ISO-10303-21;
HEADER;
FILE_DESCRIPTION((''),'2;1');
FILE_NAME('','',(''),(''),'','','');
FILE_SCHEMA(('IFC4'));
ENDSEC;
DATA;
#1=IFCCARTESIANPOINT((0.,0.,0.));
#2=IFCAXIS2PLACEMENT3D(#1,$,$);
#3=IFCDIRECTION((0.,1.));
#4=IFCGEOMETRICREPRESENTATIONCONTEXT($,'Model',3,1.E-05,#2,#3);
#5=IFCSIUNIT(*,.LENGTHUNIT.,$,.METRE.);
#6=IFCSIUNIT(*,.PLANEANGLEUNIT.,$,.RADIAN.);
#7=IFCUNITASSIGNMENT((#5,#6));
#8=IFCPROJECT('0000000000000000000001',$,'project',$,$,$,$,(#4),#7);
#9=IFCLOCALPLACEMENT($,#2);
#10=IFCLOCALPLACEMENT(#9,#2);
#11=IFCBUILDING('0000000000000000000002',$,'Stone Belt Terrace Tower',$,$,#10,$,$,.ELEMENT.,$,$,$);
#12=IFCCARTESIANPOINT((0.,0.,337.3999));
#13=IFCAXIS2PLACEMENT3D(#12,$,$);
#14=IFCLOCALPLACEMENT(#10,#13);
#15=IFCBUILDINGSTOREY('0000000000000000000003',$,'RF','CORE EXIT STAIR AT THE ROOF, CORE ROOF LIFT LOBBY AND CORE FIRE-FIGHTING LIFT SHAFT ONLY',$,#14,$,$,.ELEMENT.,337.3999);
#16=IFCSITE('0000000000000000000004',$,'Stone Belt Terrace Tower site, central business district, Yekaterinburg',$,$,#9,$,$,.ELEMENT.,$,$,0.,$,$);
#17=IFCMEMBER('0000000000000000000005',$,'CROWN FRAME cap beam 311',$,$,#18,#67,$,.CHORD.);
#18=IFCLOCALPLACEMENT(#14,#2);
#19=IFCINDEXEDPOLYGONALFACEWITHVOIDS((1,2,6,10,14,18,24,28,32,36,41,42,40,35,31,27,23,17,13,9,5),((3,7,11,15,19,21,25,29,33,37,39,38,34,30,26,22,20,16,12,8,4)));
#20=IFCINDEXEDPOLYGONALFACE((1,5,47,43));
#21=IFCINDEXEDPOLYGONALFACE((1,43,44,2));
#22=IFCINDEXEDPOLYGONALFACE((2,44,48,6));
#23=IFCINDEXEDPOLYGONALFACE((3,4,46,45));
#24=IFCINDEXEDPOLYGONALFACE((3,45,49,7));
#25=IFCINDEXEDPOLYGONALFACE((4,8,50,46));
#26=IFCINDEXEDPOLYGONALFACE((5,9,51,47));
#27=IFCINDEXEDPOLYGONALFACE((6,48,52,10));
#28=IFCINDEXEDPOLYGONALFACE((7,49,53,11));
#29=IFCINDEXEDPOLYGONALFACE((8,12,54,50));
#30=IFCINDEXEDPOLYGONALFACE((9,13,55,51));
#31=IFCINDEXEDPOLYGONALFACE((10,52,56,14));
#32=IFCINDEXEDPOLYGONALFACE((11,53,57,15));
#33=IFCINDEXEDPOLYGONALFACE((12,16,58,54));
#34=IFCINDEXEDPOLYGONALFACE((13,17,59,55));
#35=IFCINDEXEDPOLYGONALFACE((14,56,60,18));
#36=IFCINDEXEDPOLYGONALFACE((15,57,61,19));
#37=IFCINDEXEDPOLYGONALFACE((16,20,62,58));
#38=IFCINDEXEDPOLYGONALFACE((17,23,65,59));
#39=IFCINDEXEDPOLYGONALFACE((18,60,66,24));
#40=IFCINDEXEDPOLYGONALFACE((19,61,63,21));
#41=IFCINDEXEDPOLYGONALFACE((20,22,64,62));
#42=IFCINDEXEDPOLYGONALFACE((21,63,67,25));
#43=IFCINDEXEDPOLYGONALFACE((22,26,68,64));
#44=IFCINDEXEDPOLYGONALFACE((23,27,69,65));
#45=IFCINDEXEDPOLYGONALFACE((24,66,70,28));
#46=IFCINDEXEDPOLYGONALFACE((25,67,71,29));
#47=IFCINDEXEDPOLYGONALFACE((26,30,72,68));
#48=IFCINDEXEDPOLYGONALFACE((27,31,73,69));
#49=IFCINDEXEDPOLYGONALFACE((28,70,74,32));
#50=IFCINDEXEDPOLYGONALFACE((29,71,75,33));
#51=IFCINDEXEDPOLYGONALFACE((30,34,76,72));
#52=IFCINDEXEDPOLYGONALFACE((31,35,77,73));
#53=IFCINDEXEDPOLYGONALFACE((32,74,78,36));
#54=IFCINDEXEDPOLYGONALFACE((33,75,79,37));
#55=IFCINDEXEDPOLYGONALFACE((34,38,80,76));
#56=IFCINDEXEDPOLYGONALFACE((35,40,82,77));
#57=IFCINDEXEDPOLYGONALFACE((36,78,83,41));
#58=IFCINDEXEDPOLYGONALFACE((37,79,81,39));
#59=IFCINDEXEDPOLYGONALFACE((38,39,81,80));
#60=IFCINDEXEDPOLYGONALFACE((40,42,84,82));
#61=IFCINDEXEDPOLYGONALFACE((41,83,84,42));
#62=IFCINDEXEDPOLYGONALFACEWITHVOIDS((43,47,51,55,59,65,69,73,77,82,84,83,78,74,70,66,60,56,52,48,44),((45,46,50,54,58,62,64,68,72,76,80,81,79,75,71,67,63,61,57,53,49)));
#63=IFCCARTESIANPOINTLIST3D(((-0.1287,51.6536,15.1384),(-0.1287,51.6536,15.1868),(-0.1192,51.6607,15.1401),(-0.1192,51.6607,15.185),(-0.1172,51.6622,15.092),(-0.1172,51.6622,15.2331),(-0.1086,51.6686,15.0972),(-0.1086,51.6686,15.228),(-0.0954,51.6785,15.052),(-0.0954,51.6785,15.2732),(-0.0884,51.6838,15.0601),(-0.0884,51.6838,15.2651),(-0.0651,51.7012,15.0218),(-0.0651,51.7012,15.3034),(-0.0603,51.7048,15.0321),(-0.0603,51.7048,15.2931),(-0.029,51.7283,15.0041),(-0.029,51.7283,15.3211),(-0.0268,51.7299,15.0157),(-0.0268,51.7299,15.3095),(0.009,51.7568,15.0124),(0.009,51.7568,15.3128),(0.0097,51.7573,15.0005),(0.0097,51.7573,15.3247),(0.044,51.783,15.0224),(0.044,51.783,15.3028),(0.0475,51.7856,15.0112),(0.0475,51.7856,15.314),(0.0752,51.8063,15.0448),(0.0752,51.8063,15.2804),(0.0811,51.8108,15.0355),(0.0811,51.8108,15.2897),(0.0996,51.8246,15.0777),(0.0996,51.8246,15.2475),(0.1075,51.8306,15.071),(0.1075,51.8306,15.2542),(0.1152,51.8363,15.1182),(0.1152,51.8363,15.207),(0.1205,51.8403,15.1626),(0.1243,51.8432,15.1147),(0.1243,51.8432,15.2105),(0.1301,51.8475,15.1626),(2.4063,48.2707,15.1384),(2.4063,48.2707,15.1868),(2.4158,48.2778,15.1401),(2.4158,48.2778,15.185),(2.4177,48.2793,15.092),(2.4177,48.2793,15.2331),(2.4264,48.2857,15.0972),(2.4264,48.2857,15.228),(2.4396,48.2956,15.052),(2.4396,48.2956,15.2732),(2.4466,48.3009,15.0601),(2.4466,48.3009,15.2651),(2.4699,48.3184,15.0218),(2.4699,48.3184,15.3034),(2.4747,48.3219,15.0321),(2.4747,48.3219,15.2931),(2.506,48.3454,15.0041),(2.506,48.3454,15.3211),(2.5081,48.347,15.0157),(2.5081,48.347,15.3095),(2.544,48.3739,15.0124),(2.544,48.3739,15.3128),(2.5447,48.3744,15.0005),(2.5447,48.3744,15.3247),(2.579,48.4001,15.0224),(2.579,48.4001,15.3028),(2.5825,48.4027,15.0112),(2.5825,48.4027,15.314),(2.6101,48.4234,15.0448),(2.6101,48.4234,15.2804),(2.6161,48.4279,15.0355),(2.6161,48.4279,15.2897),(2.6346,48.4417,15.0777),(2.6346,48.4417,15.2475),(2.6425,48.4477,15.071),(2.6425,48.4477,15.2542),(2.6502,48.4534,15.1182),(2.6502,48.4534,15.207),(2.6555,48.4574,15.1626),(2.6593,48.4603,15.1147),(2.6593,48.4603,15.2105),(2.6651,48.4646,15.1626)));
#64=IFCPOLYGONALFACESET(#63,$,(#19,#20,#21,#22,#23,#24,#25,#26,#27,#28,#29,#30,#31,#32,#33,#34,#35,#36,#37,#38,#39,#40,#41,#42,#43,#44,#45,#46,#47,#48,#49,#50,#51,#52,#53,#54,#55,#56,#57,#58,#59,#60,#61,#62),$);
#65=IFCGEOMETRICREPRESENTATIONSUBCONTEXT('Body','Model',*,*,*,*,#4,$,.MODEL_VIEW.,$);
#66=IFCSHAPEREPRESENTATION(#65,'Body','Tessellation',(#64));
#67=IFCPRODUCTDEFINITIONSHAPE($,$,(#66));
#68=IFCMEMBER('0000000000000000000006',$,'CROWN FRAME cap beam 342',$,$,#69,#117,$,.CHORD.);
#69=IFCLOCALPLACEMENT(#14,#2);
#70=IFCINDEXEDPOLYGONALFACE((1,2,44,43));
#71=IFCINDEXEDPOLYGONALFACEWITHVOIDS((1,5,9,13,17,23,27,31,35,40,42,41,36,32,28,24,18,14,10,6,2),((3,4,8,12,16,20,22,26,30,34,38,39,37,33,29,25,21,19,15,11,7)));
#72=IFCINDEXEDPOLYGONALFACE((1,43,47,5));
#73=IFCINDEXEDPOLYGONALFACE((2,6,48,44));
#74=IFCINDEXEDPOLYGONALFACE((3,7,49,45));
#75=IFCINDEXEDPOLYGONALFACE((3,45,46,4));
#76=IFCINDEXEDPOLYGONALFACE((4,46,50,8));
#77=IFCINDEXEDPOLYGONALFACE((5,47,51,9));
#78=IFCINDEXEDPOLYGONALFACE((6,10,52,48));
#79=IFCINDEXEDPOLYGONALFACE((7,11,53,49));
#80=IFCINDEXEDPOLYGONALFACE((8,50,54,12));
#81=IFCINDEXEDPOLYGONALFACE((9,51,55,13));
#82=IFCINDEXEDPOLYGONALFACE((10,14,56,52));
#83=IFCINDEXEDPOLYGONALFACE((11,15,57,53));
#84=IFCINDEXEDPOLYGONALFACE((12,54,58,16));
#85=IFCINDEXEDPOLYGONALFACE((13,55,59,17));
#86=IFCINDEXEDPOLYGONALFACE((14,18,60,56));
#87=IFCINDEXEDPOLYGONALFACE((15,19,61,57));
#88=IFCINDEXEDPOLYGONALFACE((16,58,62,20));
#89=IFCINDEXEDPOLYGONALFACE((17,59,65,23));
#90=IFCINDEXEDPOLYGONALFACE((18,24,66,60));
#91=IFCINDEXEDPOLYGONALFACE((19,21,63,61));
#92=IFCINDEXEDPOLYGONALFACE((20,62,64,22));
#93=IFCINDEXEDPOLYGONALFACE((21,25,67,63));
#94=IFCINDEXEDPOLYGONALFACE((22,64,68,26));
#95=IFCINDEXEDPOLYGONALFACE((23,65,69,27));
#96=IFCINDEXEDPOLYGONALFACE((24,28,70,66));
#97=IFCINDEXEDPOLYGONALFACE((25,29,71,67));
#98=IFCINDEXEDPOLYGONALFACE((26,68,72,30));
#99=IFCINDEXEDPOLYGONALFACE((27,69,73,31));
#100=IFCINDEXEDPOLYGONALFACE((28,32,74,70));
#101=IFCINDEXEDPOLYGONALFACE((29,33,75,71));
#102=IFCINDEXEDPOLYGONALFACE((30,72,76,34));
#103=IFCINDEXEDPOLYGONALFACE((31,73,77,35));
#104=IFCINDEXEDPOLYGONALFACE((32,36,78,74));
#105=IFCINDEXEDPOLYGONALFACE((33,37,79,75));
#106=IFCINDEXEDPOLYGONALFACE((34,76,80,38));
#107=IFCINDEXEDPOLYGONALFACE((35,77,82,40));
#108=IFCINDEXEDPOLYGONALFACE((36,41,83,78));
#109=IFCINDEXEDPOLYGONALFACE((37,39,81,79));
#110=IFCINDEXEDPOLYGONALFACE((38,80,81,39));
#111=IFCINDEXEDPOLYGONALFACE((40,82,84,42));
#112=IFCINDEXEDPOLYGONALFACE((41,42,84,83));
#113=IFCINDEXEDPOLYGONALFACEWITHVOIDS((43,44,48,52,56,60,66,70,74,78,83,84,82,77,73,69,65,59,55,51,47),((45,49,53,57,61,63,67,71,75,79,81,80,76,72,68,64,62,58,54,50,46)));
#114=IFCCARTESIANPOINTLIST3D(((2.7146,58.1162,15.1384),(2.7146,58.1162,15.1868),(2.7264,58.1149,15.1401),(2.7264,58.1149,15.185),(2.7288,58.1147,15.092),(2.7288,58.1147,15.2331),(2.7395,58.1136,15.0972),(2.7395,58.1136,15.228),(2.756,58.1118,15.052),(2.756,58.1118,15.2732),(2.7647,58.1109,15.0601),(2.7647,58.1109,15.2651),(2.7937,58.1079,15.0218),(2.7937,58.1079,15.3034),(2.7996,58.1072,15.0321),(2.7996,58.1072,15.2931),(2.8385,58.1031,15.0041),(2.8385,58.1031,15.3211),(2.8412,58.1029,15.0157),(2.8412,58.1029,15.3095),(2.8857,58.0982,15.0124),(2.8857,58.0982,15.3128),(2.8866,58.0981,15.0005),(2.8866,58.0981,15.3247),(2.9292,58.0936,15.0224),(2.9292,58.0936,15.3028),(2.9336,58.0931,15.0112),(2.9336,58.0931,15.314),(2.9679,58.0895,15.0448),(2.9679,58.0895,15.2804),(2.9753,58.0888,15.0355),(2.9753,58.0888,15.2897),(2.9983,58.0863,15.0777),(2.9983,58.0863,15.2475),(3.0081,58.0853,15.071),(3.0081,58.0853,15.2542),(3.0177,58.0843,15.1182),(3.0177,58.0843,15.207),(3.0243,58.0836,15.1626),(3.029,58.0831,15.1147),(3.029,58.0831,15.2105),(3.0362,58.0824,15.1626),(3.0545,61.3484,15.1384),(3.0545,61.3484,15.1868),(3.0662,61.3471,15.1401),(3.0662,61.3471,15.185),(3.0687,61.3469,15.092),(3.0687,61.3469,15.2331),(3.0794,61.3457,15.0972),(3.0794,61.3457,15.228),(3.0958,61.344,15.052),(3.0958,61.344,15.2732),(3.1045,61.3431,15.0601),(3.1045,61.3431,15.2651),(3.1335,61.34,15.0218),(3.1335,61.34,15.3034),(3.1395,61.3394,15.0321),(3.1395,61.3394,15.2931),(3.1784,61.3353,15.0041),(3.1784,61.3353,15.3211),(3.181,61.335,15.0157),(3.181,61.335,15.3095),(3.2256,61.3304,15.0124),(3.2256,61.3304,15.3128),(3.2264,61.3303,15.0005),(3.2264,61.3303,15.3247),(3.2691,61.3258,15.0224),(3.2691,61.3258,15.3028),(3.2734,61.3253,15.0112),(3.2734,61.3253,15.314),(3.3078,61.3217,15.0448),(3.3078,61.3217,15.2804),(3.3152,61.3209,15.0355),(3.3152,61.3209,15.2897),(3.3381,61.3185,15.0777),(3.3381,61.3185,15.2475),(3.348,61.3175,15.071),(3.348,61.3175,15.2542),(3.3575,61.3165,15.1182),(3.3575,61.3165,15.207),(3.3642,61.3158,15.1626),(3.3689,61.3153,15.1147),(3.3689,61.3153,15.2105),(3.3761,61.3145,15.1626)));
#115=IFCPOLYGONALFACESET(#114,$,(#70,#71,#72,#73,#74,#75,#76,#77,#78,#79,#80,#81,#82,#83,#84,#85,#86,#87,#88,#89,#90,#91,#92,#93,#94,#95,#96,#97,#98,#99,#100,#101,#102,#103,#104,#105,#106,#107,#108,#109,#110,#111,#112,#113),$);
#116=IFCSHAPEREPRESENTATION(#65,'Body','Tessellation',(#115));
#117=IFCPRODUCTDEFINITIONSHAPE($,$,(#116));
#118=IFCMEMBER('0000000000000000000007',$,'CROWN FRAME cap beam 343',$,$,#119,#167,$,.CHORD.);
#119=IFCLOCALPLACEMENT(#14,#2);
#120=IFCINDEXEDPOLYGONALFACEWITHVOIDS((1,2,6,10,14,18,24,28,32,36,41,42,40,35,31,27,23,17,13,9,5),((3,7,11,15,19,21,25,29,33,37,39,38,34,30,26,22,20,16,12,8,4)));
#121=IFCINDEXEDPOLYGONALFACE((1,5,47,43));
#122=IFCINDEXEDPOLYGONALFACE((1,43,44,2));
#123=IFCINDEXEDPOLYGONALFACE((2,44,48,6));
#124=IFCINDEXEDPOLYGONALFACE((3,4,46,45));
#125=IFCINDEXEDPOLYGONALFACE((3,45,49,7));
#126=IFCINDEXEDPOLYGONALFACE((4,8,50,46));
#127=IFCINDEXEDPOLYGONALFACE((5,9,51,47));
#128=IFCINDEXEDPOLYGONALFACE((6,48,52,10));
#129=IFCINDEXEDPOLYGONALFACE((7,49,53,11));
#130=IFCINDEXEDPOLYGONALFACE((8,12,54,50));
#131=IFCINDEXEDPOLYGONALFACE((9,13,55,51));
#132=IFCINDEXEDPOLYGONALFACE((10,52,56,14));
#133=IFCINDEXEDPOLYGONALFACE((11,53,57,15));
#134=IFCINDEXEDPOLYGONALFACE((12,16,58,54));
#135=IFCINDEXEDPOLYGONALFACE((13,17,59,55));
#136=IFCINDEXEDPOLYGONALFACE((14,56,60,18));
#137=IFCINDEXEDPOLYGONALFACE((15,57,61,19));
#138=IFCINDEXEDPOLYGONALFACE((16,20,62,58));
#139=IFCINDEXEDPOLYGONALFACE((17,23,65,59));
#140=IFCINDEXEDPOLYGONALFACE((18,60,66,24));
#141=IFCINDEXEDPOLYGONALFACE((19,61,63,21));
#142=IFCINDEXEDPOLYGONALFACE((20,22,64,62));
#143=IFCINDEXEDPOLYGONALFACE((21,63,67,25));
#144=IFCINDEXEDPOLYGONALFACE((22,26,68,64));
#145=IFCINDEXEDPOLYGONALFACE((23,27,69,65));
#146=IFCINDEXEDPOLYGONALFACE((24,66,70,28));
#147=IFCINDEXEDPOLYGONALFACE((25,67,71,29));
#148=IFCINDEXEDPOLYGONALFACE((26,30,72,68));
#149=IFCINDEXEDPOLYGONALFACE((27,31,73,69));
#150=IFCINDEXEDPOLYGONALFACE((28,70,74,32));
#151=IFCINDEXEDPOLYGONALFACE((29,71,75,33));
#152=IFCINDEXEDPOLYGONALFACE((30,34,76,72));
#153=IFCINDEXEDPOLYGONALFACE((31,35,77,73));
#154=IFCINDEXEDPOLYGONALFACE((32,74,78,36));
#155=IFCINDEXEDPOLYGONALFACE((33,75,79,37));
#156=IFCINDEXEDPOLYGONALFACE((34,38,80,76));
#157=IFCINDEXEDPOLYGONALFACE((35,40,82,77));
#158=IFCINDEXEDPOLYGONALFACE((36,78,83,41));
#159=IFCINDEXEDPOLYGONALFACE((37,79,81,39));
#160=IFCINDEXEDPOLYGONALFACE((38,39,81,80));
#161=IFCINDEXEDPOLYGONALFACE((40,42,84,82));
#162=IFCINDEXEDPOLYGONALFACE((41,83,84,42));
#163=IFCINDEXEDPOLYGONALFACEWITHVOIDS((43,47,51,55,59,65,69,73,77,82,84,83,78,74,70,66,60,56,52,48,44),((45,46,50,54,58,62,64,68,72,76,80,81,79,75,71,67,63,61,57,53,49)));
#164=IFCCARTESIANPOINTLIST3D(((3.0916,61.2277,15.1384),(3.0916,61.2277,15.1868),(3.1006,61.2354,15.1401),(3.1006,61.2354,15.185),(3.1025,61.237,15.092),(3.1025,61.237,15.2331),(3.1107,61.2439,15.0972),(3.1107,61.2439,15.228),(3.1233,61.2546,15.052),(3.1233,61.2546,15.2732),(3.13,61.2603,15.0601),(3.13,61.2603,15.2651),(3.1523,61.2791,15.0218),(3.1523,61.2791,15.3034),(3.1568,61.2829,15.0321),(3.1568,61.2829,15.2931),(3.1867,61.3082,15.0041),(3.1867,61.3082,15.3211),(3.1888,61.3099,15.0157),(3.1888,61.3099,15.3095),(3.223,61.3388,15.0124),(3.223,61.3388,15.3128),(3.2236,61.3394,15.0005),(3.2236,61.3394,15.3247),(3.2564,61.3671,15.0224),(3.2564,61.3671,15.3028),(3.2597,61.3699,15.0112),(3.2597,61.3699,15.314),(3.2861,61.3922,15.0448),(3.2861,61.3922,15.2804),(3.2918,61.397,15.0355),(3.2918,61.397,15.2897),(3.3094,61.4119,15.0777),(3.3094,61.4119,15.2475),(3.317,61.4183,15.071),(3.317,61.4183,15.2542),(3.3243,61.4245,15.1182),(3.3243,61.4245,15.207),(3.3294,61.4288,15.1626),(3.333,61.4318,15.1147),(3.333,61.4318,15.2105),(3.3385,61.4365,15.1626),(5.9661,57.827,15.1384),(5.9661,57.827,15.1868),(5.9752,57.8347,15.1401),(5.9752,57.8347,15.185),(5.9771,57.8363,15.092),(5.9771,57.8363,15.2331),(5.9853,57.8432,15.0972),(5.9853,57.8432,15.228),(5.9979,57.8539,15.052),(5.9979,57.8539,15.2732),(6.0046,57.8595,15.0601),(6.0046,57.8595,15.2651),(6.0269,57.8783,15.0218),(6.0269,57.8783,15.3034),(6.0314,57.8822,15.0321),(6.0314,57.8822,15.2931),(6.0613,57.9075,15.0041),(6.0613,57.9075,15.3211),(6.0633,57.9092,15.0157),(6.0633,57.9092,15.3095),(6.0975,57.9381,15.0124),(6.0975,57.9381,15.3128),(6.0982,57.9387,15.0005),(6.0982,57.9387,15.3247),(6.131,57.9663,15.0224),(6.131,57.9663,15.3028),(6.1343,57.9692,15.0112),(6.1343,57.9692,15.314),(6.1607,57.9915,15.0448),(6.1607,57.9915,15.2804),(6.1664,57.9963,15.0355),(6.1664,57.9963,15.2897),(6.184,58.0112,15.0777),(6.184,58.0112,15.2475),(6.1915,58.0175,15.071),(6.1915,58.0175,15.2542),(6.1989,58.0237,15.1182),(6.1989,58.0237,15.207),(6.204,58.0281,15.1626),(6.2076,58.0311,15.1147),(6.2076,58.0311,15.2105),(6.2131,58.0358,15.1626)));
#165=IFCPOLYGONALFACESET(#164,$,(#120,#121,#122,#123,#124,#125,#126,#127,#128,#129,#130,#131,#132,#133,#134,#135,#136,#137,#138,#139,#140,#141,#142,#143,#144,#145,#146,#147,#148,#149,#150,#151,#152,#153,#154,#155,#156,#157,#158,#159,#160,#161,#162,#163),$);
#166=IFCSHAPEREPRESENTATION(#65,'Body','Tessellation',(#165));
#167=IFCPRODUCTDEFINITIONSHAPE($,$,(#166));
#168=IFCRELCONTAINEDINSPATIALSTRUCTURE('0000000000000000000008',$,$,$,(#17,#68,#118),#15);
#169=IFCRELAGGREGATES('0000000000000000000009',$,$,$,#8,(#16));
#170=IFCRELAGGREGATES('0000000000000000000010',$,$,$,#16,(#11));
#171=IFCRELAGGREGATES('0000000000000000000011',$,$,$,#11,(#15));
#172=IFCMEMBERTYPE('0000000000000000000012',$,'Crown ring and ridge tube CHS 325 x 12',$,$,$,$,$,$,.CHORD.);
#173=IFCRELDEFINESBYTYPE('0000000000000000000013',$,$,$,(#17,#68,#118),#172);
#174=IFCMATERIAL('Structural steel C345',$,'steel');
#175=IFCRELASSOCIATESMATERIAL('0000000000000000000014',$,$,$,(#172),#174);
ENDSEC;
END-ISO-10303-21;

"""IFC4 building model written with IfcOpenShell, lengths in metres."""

from ifc_helpers import new_model, si_unit, direction, frame, origin, origin_2d, place, context, subcontext, project, spatial, hollow_circle, extrude, material, material_profile, profile_set, type_object, element, save


model = new_model("IFC4")

# Units and contexts
model_context = context("Model", 3, precision=1e-05, world=origin(), true_north=direction((0.0, 1.0)))
body_context = subcontext(model_context, "Body", "Model", "MODEL_VIEW")
ifc_project = project(units=[si_unit("LENGTHUNIT", "METRE"), si_unit("PLANEANGLEUNIT", "RADIAN")], contexts=[model_context])

# Site, building, storey
site_placement = place(None, origin())
site = spatial("IfcSite", under=ifc_project, at=site_placement, Name="Stone Belt Terrace Tower site, central business district, Yekaterinburg", CompositionType="ELEMENT", RefElevation=0.0)
building_placement = place(site_placement, origin())
building = spatial("IfcBuilding", under=site, at=building_placement, Name="Stone Belt Terrace Tower", CompositionType="ELEMENT")
storey_placement = place(building_placement, frame((0.0, 0.0, 337.3999)))
storey = spatial("IfcBuildingStorey", under=building, at=storey_placement, Name="RF", Description="CORE EXIT STAIR AT THE ROOF, CORE ROOF LIFT LOBBY AND CORE FIRE-FIGHTING LIFT SHAFT ONLY", CompositionType="ELEMENT", Elevation=337.3999)

# Members
ifc_material_1 = material(Name="Structural steel C345", Category="steel")
ifc_material_profile_1 = material_profile(ifc_material_1, hollow_circle(Radius=0.1626, WallThickness=0.012, at=origin_2d()), Name="Structural steel C345 CHS 325x12")
ifc_profile_set_1 = profile_set([ifc_material_profile_1], Name="Structural steel C345")
member_type_1 = type_object("IfcMemberType", Name="Crown ring and ridge tube CHS 325 x 12", PredefinedType="CHORD", material=ifc_profile_set_1)
member_1_placement = place(storey_placement, frame((0.0, 51.75, 15.1626), z_axis=(0.599667, -0.800249, 0.0), x_axis=(0.800249, 0.599667, 0.0)))
element("IfcMember", 1, at=member_1_placement, inside=storey, type_object=member_type_1, Name="CROWN FRAME cap beam 311", PredefinedType="CHORD", context=body_context, shape_type="SweptSolid", body=[
    extrude(hollow_circle(Radius=0.1626, WallThickness=0.012, at=origin_2d()), origin(), (0.0, 0.0, 1.0), 4.2273),
])
member_2_placement = place(storey_placement, frame((3.2144, 61.3315, 15.1626), z_axis=(-0.104567, -0.994518, 0.0), x_axis=(0.994518, -0.104567, 0.0)))
element("IfcMember", 2, at=member_2_placement, inside=storey, type_object=member_type_1, Name="CROWN FRAME cap beam 342", PredefinedType="CHORD", context=body_context, shape_type="SweptSolid", body=[
    extrude(hollow_circle(Radius=0.1626, WallThickness=0.012, at=origin_2d()), origin(), (0.0, 0.0, 1.0), 3.25),
])
member_3_placement = place(storey_placement, frame((3.2144, 61.3315, 15.1626), z_axis=(0.645556, -0.763713, 0.0), x_axis=(0.763713, 0.645556, 0.0)))
element("IfcMember", 3, at=member_3_placement, inside=storey, type_object=member_type_1, Name="CROWN FRAME cap beam 343", PredefinedType="CHORD", context=body_context, shape_type="SweptSolid", body=[
    extrude(hollow_circle(Radius=0.1626, WallThickness=0.012, at=origin_2d()), origin(), (0.0, 0.0, 1.0), 4.4529),
])

save(model, "model.ifc")
